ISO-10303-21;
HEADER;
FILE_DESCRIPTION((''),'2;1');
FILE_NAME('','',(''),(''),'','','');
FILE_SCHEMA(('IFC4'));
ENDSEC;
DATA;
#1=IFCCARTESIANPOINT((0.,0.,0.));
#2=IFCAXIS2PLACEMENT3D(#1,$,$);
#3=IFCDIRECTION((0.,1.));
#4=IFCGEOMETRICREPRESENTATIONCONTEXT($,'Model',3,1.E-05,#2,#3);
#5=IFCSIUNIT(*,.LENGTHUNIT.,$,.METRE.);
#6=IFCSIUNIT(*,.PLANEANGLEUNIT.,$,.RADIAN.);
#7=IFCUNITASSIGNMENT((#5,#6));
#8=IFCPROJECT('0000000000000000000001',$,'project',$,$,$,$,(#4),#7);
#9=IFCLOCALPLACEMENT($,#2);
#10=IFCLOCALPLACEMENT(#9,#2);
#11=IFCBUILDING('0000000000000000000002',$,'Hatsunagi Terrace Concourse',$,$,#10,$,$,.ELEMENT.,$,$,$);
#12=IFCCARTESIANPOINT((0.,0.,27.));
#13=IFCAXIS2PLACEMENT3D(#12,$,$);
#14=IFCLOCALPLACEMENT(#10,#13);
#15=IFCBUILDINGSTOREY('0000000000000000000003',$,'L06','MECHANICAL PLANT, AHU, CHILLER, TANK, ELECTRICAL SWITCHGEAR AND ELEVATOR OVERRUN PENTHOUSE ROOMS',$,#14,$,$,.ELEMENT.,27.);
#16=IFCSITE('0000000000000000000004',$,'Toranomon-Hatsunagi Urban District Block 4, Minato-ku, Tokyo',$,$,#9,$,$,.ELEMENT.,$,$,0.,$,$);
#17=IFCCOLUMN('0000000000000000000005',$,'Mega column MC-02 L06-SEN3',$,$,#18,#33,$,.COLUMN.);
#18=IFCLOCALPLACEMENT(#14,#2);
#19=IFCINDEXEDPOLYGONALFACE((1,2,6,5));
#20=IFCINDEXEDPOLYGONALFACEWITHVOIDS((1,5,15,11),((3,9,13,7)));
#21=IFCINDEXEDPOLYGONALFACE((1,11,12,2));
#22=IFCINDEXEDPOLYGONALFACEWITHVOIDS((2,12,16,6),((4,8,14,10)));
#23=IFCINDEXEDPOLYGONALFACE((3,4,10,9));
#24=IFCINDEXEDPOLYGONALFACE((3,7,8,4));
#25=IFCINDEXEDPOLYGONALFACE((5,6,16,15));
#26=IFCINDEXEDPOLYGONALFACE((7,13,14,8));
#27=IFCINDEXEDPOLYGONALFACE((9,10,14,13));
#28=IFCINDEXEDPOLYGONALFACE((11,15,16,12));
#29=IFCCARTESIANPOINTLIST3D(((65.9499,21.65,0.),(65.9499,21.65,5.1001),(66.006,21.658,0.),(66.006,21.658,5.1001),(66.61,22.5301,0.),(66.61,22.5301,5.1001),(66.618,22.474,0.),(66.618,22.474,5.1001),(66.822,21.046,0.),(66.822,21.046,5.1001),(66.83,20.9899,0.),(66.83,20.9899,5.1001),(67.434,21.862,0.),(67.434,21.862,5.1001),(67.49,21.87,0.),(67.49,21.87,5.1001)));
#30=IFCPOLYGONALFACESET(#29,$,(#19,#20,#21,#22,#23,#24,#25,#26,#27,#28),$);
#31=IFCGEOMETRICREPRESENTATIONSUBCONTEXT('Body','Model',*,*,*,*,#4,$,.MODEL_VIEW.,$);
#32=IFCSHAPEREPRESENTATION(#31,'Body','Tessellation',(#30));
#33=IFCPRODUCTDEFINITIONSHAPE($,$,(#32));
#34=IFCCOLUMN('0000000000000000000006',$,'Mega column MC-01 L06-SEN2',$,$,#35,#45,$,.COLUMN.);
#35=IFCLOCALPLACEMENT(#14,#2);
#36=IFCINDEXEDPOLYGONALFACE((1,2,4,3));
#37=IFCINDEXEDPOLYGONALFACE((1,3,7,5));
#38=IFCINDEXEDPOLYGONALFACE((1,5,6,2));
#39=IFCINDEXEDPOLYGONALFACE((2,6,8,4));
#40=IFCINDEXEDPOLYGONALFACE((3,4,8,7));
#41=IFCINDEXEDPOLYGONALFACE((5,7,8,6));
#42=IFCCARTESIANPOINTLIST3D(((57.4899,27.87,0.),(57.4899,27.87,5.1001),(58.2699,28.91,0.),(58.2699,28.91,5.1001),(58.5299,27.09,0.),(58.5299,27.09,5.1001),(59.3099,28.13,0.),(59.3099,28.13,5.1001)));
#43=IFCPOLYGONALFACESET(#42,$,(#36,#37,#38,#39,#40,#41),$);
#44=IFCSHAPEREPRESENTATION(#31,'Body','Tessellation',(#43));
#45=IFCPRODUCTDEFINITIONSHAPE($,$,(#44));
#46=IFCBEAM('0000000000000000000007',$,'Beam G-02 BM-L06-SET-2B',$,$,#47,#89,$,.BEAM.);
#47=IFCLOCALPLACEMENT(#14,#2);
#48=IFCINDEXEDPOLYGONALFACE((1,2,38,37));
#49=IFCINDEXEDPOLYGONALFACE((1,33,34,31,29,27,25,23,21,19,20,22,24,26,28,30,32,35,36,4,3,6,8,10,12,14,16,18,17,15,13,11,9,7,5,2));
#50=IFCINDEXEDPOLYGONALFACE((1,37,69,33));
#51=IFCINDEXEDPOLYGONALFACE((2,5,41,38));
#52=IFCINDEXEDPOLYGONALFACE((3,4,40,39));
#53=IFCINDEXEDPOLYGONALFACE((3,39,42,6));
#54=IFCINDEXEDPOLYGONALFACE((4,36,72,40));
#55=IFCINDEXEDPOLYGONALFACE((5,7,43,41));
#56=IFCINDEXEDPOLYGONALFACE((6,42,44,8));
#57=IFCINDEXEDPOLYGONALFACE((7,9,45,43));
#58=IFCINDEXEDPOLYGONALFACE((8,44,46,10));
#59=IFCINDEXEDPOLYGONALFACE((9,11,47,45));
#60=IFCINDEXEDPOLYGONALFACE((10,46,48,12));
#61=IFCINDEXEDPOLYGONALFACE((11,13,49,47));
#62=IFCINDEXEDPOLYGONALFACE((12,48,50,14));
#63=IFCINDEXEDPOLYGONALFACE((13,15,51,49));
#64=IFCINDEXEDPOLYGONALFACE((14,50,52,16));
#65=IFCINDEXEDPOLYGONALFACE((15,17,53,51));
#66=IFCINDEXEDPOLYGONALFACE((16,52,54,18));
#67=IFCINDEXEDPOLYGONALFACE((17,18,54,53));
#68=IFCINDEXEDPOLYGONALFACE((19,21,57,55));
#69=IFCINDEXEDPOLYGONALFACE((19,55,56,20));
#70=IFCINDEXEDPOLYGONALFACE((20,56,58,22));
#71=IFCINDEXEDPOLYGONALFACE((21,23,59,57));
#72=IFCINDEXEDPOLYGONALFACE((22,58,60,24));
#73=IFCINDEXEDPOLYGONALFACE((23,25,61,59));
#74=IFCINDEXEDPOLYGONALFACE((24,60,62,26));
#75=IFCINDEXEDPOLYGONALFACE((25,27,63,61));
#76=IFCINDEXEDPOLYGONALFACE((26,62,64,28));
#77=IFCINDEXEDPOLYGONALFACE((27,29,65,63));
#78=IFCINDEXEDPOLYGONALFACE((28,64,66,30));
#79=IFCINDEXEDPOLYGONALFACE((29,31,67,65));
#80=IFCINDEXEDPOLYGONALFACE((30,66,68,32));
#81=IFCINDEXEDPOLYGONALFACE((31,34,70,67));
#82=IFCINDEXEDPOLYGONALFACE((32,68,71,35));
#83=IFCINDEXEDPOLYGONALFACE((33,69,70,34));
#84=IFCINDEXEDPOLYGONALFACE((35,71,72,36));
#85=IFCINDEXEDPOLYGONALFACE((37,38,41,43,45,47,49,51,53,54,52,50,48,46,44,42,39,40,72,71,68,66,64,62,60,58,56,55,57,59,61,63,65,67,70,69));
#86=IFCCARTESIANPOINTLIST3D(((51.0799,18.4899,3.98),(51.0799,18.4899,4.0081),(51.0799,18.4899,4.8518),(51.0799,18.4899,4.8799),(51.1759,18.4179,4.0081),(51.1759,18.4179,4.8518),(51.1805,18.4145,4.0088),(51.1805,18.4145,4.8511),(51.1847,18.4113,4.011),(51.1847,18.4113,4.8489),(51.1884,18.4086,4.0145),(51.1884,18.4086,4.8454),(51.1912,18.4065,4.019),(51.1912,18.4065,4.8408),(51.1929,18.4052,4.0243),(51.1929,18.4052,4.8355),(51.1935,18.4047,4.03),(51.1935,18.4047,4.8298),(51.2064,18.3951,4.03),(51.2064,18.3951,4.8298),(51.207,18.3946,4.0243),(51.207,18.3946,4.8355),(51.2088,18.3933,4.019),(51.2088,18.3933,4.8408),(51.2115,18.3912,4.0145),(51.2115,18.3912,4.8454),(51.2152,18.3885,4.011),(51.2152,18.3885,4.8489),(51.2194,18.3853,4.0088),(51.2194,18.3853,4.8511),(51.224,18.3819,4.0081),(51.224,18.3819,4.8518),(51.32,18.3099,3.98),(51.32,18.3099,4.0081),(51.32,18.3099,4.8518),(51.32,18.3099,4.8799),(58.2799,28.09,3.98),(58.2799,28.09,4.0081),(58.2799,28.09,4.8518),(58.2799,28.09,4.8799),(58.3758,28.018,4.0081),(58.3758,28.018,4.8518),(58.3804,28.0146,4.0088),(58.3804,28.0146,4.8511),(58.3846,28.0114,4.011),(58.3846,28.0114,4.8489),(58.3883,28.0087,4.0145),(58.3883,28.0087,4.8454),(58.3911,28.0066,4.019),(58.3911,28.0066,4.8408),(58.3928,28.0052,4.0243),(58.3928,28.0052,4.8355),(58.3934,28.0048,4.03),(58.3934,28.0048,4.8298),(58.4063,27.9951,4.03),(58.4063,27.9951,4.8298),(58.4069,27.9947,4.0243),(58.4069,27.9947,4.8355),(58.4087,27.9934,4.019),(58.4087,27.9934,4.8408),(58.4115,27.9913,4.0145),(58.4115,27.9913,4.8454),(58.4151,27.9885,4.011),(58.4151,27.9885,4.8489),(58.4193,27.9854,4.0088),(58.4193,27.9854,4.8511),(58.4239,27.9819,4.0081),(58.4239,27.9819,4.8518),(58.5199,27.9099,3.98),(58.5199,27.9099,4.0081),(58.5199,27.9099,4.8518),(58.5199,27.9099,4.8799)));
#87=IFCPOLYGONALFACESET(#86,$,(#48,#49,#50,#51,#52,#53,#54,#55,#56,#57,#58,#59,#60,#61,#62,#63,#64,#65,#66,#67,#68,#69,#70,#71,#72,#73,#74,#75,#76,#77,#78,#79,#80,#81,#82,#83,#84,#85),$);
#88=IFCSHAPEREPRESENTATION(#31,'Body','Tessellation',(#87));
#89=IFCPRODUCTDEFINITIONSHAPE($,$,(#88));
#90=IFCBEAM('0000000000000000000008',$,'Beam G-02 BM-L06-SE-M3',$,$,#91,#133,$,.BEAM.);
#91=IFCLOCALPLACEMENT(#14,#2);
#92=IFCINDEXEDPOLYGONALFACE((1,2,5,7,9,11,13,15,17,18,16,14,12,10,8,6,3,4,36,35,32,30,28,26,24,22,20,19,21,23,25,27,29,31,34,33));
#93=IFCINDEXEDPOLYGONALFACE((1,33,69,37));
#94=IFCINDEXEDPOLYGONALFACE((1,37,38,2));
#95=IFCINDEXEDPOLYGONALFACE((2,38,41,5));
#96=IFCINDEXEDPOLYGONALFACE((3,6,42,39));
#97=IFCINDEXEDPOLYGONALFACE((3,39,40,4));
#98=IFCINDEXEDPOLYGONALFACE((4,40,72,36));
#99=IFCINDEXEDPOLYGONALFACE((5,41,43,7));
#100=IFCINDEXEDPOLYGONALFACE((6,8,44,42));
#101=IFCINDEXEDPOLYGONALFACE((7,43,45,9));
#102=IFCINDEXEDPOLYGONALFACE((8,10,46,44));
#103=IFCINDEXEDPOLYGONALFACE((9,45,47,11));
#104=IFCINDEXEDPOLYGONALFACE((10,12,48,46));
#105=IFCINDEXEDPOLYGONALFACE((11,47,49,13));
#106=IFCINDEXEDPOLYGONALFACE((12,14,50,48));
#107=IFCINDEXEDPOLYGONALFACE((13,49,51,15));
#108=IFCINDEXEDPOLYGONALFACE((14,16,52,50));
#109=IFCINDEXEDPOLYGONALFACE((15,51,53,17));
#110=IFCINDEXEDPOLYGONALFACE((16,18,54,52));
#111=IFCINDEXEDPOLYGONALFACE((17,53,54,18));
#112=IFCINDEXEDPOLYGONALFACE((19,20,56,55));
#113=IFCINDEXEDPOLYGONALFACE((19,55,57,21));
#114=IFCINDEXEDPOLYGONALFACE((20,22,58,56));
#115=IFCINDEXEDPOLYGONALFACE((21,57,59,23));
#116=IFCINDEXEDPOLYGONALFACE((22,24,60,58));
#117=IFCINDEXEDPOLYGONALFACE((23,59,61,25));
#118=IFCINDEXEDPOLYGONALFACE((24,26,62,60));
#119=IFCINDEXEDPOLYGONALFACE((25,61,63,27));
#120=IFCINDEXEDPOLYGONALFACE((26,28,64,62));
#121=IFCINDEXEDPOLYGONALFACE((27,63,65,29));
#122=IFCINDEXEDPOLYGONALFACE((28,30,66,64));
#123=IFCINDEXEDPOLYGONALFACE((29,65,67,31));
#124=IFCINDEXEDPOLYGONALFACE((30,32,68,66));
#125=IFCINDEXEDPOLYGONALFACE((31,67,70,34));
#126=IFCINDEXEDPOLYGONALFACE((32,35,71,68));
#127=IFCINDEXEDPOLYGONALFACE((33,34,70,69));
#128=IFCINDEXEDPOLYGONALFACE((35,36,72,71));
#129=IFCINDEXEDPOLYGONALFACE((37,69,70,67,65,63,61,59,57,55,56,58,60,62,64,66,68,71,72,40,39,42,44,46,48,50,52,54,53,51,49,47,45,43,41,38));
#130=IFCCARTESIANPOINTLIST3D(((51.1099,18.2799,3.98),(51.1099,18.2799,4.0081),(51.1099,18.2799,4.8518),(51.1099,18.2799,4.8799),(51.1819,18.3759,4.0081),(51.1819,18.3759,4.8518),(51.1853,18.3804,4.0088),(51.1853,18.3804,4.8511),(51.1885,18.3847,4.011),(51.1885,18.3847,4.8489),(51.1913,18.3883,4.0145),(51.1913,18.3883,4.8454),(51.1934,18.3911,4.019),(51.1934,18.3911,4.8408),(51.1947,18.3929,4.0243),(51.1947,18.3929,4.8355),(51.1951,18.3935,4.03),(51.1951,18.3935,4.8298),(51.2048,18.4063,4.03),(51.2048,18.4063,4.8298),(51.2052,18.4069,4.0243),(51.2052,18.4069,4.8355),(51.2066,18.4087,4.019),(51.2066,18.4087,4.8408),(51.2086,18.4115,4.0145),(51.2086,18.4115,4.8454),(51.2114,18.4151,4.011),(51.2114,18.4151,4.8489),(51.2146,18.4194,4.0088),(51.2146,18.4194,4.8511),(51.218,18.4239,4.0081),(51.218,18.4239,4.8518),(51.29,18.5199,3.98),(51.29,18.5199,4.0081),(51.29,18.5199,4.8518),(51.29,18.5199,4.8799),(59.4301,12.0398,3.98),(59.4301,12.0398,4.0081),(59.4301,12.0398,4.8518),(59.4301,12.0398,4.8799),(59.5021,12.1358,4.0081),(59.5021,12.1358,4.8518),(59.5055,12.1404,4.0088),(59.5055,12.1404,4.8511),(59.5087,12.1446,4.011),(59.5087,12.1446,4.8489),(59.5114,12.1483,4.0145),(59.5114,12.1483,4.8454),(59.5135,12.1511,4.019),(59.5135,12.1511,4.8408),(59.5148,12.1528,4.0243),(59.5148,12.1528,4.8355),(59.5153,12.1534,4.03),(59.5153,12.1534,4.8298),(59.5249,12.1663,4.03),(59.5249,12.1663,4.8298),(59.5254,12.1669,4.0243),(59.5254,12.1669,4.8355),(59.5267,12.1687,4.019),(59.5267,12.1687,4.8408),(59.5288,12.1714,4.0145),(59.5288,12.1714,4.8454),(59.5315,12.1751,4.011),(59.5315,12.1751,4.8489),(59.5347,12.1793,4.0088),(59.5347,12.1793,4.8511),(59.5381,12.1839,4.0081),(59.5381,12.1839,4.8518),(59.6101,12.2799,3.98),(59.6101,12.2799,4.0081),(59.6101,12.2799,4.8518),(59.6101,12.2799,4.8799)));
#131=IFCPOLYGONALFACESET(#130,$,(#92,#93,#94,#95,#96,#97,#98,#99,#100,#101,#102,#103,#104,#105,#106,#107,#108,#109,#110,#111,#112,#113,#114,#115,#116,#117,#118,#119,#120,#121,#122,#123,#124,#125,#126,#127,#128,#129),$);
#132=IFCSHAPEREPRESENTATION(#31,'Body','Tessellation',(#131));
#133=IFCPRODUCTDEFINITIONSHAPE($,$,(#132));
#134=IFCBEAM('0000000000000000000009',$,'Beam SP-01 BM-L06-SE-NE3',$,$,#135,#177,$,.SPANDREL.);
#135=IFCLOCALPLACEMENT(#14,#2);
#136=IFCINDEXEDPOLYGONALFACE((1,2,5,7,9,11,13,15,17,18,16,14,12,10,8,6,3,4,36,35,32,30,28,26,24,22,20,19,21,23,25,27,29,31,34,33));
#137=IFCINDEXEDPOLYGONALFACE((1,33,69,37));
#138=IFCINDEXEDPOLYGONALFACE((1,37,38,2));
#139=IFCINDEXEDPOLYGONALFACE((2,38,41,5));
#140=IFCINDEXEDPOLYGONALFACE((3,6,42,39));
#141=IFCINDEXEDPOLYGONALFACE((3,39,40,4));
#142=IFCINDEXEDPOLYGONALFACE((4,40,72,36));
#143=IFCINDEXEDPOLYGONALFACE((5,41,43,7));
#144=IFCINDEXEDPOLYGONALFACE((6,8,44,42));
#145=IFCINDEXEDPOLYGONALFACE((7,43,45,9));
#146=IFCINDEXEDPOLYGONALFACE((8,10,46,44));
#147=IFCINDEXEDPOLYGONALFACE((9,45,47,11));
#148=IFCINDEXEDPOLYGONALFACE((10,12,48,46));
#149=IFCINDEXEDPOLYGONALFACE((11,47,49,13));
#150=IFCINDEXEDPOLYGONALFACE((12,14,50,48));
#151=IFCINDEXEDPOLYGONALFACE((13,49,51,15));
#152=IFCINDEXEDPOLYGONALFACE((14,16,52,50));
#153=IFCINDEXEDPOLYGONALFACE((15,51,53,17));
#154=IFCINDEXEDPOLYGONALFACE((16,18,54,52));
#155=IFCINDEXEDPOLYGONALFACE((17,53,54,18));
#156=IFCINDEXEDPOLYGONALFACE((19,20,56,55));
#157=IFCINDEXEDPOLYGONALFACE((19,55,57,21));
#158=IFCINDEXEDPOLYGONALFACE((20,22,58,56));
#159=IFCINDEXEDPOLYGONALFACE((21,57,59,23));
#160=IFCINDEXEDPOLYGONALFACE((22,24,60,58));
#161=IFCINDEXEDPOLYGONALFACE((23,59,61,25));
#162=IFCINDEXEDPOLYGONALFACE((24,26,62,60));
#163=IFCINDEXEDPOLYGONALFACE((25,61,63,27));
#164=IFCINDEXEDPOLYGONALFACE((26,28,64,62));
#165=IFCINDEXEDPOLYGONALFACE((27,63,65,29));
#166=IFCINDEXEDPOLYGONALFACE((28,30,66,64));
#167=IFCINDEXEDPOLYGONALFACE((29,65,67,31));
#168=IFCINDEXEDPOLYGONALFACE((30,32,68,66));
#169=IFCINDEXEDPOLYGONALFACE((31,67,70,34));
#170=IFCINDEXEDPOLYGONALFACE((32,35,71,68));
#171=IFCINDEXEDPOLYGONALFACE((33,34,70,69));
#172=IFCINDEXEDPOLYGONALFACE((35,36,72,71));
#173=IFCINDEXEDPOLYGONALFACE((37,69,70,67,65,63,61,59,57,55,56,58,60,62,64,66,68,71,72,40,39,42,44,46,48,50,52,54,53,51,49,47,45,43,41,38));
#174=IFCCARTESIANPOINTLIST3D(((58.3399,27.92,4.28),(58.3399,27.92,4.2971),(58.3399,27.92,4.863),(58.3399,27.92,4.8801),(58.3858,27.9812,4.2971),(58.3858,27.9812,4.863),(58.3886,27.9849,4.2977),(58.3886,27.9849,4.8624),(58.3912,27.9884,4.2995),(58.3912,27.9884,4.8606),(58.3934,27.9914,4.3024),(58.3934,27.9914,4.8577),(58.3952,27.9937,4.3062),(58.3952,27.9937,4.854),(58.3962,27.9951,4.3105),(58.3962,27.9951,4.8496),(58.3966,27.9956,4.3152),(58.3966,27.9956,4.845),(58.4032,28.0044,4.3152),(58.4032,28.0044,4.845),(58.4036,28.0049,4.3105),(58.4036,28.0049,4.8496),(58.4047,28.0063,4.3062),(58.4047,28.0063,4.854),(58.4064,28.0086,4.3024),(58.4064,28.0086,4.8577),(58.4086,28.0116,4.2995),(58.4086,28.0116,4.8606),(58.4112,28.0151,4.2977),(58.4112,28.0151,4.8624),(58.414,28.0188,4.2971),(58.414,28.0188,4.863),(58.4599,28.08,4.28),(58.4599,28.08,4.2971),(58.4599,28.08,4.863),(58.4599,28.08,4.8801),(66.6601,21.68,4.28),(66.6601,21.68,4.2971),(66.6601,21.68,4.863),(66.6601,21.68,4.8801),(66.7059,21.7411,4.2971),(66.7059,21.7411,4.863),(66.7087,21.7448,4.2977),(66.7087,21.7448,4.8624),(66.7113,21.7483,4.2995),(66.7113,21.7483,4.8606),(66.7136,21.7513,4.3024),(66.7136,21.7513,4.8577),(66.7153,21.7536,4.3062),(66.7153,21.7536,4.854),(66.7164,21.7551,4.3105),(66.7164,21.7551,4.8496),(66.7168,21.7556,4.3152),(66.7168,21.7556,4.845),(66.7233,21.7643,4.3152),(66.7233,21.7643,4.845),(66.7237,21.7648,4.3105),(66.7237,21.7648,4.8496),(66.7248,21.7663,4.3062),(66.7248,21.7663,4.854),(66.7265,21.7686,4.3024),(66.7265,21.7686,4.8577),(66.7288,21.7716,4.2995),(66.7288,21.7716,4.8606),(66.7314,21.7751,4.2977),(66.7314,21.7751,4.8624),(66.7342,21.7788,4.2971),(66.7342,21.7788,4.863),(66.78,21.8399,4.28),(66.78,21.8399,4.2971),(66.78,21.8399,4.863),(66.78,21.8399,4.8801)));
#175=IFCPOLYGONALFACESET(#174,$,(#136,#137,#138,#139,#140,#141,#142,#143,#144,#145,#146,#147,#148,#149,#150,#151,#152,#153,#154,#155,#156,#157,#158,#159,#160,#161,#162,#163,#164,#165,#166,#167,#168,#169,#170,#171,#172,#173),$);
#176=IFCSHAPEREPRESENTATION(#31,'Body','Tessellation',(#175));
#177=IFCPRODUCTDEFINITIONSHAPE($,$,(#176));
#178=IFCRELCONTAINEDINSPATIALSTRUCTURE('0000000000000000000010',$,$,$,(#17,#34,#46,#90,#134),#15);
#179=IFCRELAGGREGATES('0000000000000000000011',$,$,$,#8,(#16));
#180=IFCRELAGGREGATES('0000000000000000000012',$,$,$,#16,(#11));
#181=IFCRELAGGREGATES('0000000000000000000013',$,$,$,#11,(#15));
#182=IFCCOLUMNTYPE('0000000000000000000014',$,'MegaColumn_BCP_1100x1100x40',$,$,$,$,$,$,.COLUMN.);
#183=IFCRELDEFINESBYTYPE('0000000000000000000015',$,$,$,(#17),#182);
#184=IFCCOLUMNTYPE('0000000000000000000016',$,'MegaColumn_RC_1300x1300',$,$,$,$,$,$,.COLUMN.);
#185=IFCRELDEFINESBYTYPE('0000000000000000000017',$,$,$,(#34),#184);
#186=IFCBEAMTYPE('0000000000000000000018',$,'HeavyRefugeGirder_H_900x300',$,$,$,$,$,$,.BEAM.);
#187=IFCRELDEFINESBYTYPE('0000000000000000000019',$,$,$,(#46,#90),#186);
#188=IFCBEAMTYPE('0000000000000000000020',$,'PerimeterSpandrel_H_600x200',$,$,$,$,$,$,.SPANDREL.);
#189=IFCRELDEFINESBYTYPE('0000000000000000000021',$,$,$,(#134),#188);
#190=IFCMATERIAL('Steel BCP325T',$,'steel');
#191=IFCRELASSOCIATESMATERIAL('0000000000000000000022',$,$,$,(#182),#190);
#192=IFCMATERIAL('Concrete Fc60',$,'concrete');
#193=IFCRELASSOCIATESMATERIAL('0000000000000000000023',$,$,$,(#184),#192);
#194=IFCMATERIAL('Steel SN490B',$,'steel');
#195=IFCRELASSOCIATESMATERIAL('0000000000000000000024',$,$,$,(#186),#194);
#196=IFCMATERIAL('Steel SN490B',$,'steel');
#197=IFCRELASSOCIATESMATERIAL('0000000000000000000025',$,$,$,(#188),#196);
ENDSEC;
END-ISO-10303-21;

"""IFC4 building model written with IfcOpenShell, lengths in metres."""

from ifc_helpers import new_model, si_unit, direction, frame, origin, origin_2d, place, context, subcontext, project, spatial, rectangle, hollow_rectangle, i_section, extrude, material, material_profile, profile_set, type_object, element, save


model = new_model("IFC4")

# Units and contexts
model_context = context("Model", 3, precision=1e-05, world=origin(), true_north=direction((0.0, 1.0)))
body_context = subcontext(model_context, "Body", "Model", "MODEL_VIEW")
ifc_project = project(units=[si_unit("LENGTHUNIT", "METRE"), si_unit("PLANEANGLEUNIT", "RADIAN")], contexts=[model_context])

# Site, building, storey
site_placement = place(None, origin())
site = spatial("IfcSite", under=ifc_project, at=site_placement, Name="Toranomon-Hatsunagi Urban District Block 4, Minato-ku, Tokyo", CompositionType="ELEMENT", RefElevation=0.0)
building_placement = place(site_placement, origin())
building = spatial("IfcBuilding", under=site, at=building_placement, Name="Hatsunagi Terrace Concourse", CompositionType="ELEMENT")
storey_placement = place(building_placement, frame((0.0, 0.0, 27.0)))
storey = spatial("IfcBuildingStorey", under=building, at=storey_placement, Name="L06", Description="MECHANICAL PLANT, AHU, CHILLER, TANK, ELECTRICAL SWITCHGEAR AND ELEVATOR OVERRUN PENTHOUSE ROOMS", CompositionType="ELEMENT", Elevation=27.0)

# Columns
ifc_material_1 = material(Name="Steel BCP325T", Category="steel")
ifc_material_profile_1 = material_profile(ifc_material_1, hollow_rectangle(XDim=1.1001, YDim=1.1001, WallThickness=0.04, at=origin_2d()), Name="BCP-1100x1100x40")
ifc_profile_set_1 = profile_set([ifc_material_profile_1], Name="Steel BCP325T")
column_type_1 = type_object("IfcColumnType", Name="MegaColumn_BCP_1100x1100x40", PredefinedType="COLUMN", material=ifc_profile_set_1)
column_1_placement = place(storey_placement, frame((66.72, 21.76, 0.0), z_axis=(0.0, 0.0, 1.0), x_axis=(0.8, -0.6, 0.0)))
element("IfcColumn", 1, at=column_1_placement, inside=storey, type_object=column_type_1, Name="Mega column MC-02 L06-SEN3", PredefinedType="COLUMN", context=body_context, shape_type="SweptSolid", body=[
    extrude(hollow_rectangle(XDim=1.1001, YDim=1.1001, WallThickness=0.04, at=origin_2d()), origin(), (0.0, 0.0, 1.0), 5.1001),
])
ifc_material_2 = material(Name="Concrete Fc60", Category="concrete")
ifc_material_profile_2 = material_profile(ifc_material_2, rectangle(XDim=1.3, YDim=1.3, at=origin_2d()), Name="RC-1300x1300")
ifc_profile_set_2 = profile_set([ifc_material_profile_2], Name="Concrete Fc60")
column_type_2 = type_object("IfcColumnType", Name="MegaColumn_RC_1300x1300", PredefinedType="COLUMN", material=ifc_profile_set_2)
column_2_placement = place(storey_placement, frame((58.3999, 28.0, 0.0), z_axis=(0.0, 0.0, 1.0), x_axis=(0.8, -0.6, 0.0)))
element("IfcColumn", 2, at=column_2_placement, inside=storey, type_object=column_type_2, Name="Mega column MC-01 L06-SEN2", PredefinedType="COLUMN", context=body_context, shape_type="SweptSolid", body=[
    extrude(rectangle(XDim=1.3, YDim=1.3, at=origin_2d()), origin(), (0.0, 0.0, 1.0), 5.1001),
])

# Beams
ifc_material_3 = material(Name="Steel SN490B", Category="steel")
ifc_material_profile_3 = material_profile(ifc_material_3, i_section(OverallWidth=0.3, OverallDepth=0.8999, WebThickness=0.0161, FlangeThickness=0.0281, FilletRadius=0.022, at=origin_2d()), Name="H-900x300x16x28")
ifc_profile_set_3 = profile_set([ifc_material_profile_3], Name="Steel SN490B")
beam_type_1 = type_object("IfcBeamType", Name="HeavyRefugeGirder_H_900x300", PredefinedType="BEAM", material=ifc_profile_set_3)
beam_1_placement = place(storey_placement, frame((51.2, 18.3999, 4.4299), z_axis=(0.599993, 0.800005, 0.0), x_axis=(-0.800005, 0.599993, 0.0)))
element("IfcBeam", 3, at=beam_1_placement, inside=storey, type_object=beam_type_1, Name="Beam G-02 BM-L06-SET-2B", PredefinedType="BEAM", context=body_context, shape_type="SweptSolid", body=[
    extrude(i_section(OverallWidth=0.3, OverallDepth=0.8999, WebThickness=0.0161, FlangeThickness=0.0281, FilletRadius=0.022, at=origin_2d()), origin(), (0.0, 0.0, 1.0), 12.0),
])
beam_2_placement = place(storey_placement, frame((51.2, 18.3999, 4.4299), z_axis=(0.800003, -0.599996, 0.0), x_axis=(0.599996, 0.800003, 0.0)))
element("IfcBeam", 4, at=beam_2_placement, inside=storey, type_object=beam_type_1, Name="Beam G-02 BM-L06-SE-M3", PredefinedType="BEAM", context=body_context, shape_type="SweptSolid", body=[
    extrude(i_section(OverallWidth=0.3, OverallDepth=0.8999, WebThickness=0.0161, FlangeThickness=0.0281, FilletRadius=0.022, at=origin_2d()), origin(), (0.0, 0.0, 1.0), 10.4001),
])
ifc_material_4 = material(Name="Steel SN490B", Category="steel")
ifc_material_profile_4 = material_profile(ifc_material_4, i_section(OverallWidth=0.2, OverallDepth=0.6001, WebThickness=0.011, FlangeThickness=0.0171, FilletRadius=0.0181, at=origin_2d()), Name="H-600x200x11x17")
ifc_profile_set_4 = profile_set([ifc_material_profile_4], Name="Steel SN490B")
beam_type_2 = type_object("IfcBeamType", Name="PerimeterSpandrel_H_600x200", PredefinedType="SPANDREL", material=ifc_profile_set_4)
beam_3_placement = place(storey_placement, frame((58.3999, 28.0, 4.5801), z_axis=(0.800003, -0.599996, 0.0), x_axis=(0.599996, 0.800003, 0.0)))
element("IfcBeam", 5, at=beam_3_placement, inside=storey, type_object=beam_type_2, Name="Beam SP-01 BM-L06-SE-NE3", PredefinedType="SPANDREL", context=body_context, shape_type="SweptSolid", body=[
    extrude(i_section(OverallWidth=0.2, OverallDepth=0.6001, WebThickness=0.011, FlangeThickness=0.0171, FilletRadius=0.0181, at=origin_2d()), origin(), (0.0, 0.0, 1.0), 10.4001),
])

save(model, "model.ifc")
